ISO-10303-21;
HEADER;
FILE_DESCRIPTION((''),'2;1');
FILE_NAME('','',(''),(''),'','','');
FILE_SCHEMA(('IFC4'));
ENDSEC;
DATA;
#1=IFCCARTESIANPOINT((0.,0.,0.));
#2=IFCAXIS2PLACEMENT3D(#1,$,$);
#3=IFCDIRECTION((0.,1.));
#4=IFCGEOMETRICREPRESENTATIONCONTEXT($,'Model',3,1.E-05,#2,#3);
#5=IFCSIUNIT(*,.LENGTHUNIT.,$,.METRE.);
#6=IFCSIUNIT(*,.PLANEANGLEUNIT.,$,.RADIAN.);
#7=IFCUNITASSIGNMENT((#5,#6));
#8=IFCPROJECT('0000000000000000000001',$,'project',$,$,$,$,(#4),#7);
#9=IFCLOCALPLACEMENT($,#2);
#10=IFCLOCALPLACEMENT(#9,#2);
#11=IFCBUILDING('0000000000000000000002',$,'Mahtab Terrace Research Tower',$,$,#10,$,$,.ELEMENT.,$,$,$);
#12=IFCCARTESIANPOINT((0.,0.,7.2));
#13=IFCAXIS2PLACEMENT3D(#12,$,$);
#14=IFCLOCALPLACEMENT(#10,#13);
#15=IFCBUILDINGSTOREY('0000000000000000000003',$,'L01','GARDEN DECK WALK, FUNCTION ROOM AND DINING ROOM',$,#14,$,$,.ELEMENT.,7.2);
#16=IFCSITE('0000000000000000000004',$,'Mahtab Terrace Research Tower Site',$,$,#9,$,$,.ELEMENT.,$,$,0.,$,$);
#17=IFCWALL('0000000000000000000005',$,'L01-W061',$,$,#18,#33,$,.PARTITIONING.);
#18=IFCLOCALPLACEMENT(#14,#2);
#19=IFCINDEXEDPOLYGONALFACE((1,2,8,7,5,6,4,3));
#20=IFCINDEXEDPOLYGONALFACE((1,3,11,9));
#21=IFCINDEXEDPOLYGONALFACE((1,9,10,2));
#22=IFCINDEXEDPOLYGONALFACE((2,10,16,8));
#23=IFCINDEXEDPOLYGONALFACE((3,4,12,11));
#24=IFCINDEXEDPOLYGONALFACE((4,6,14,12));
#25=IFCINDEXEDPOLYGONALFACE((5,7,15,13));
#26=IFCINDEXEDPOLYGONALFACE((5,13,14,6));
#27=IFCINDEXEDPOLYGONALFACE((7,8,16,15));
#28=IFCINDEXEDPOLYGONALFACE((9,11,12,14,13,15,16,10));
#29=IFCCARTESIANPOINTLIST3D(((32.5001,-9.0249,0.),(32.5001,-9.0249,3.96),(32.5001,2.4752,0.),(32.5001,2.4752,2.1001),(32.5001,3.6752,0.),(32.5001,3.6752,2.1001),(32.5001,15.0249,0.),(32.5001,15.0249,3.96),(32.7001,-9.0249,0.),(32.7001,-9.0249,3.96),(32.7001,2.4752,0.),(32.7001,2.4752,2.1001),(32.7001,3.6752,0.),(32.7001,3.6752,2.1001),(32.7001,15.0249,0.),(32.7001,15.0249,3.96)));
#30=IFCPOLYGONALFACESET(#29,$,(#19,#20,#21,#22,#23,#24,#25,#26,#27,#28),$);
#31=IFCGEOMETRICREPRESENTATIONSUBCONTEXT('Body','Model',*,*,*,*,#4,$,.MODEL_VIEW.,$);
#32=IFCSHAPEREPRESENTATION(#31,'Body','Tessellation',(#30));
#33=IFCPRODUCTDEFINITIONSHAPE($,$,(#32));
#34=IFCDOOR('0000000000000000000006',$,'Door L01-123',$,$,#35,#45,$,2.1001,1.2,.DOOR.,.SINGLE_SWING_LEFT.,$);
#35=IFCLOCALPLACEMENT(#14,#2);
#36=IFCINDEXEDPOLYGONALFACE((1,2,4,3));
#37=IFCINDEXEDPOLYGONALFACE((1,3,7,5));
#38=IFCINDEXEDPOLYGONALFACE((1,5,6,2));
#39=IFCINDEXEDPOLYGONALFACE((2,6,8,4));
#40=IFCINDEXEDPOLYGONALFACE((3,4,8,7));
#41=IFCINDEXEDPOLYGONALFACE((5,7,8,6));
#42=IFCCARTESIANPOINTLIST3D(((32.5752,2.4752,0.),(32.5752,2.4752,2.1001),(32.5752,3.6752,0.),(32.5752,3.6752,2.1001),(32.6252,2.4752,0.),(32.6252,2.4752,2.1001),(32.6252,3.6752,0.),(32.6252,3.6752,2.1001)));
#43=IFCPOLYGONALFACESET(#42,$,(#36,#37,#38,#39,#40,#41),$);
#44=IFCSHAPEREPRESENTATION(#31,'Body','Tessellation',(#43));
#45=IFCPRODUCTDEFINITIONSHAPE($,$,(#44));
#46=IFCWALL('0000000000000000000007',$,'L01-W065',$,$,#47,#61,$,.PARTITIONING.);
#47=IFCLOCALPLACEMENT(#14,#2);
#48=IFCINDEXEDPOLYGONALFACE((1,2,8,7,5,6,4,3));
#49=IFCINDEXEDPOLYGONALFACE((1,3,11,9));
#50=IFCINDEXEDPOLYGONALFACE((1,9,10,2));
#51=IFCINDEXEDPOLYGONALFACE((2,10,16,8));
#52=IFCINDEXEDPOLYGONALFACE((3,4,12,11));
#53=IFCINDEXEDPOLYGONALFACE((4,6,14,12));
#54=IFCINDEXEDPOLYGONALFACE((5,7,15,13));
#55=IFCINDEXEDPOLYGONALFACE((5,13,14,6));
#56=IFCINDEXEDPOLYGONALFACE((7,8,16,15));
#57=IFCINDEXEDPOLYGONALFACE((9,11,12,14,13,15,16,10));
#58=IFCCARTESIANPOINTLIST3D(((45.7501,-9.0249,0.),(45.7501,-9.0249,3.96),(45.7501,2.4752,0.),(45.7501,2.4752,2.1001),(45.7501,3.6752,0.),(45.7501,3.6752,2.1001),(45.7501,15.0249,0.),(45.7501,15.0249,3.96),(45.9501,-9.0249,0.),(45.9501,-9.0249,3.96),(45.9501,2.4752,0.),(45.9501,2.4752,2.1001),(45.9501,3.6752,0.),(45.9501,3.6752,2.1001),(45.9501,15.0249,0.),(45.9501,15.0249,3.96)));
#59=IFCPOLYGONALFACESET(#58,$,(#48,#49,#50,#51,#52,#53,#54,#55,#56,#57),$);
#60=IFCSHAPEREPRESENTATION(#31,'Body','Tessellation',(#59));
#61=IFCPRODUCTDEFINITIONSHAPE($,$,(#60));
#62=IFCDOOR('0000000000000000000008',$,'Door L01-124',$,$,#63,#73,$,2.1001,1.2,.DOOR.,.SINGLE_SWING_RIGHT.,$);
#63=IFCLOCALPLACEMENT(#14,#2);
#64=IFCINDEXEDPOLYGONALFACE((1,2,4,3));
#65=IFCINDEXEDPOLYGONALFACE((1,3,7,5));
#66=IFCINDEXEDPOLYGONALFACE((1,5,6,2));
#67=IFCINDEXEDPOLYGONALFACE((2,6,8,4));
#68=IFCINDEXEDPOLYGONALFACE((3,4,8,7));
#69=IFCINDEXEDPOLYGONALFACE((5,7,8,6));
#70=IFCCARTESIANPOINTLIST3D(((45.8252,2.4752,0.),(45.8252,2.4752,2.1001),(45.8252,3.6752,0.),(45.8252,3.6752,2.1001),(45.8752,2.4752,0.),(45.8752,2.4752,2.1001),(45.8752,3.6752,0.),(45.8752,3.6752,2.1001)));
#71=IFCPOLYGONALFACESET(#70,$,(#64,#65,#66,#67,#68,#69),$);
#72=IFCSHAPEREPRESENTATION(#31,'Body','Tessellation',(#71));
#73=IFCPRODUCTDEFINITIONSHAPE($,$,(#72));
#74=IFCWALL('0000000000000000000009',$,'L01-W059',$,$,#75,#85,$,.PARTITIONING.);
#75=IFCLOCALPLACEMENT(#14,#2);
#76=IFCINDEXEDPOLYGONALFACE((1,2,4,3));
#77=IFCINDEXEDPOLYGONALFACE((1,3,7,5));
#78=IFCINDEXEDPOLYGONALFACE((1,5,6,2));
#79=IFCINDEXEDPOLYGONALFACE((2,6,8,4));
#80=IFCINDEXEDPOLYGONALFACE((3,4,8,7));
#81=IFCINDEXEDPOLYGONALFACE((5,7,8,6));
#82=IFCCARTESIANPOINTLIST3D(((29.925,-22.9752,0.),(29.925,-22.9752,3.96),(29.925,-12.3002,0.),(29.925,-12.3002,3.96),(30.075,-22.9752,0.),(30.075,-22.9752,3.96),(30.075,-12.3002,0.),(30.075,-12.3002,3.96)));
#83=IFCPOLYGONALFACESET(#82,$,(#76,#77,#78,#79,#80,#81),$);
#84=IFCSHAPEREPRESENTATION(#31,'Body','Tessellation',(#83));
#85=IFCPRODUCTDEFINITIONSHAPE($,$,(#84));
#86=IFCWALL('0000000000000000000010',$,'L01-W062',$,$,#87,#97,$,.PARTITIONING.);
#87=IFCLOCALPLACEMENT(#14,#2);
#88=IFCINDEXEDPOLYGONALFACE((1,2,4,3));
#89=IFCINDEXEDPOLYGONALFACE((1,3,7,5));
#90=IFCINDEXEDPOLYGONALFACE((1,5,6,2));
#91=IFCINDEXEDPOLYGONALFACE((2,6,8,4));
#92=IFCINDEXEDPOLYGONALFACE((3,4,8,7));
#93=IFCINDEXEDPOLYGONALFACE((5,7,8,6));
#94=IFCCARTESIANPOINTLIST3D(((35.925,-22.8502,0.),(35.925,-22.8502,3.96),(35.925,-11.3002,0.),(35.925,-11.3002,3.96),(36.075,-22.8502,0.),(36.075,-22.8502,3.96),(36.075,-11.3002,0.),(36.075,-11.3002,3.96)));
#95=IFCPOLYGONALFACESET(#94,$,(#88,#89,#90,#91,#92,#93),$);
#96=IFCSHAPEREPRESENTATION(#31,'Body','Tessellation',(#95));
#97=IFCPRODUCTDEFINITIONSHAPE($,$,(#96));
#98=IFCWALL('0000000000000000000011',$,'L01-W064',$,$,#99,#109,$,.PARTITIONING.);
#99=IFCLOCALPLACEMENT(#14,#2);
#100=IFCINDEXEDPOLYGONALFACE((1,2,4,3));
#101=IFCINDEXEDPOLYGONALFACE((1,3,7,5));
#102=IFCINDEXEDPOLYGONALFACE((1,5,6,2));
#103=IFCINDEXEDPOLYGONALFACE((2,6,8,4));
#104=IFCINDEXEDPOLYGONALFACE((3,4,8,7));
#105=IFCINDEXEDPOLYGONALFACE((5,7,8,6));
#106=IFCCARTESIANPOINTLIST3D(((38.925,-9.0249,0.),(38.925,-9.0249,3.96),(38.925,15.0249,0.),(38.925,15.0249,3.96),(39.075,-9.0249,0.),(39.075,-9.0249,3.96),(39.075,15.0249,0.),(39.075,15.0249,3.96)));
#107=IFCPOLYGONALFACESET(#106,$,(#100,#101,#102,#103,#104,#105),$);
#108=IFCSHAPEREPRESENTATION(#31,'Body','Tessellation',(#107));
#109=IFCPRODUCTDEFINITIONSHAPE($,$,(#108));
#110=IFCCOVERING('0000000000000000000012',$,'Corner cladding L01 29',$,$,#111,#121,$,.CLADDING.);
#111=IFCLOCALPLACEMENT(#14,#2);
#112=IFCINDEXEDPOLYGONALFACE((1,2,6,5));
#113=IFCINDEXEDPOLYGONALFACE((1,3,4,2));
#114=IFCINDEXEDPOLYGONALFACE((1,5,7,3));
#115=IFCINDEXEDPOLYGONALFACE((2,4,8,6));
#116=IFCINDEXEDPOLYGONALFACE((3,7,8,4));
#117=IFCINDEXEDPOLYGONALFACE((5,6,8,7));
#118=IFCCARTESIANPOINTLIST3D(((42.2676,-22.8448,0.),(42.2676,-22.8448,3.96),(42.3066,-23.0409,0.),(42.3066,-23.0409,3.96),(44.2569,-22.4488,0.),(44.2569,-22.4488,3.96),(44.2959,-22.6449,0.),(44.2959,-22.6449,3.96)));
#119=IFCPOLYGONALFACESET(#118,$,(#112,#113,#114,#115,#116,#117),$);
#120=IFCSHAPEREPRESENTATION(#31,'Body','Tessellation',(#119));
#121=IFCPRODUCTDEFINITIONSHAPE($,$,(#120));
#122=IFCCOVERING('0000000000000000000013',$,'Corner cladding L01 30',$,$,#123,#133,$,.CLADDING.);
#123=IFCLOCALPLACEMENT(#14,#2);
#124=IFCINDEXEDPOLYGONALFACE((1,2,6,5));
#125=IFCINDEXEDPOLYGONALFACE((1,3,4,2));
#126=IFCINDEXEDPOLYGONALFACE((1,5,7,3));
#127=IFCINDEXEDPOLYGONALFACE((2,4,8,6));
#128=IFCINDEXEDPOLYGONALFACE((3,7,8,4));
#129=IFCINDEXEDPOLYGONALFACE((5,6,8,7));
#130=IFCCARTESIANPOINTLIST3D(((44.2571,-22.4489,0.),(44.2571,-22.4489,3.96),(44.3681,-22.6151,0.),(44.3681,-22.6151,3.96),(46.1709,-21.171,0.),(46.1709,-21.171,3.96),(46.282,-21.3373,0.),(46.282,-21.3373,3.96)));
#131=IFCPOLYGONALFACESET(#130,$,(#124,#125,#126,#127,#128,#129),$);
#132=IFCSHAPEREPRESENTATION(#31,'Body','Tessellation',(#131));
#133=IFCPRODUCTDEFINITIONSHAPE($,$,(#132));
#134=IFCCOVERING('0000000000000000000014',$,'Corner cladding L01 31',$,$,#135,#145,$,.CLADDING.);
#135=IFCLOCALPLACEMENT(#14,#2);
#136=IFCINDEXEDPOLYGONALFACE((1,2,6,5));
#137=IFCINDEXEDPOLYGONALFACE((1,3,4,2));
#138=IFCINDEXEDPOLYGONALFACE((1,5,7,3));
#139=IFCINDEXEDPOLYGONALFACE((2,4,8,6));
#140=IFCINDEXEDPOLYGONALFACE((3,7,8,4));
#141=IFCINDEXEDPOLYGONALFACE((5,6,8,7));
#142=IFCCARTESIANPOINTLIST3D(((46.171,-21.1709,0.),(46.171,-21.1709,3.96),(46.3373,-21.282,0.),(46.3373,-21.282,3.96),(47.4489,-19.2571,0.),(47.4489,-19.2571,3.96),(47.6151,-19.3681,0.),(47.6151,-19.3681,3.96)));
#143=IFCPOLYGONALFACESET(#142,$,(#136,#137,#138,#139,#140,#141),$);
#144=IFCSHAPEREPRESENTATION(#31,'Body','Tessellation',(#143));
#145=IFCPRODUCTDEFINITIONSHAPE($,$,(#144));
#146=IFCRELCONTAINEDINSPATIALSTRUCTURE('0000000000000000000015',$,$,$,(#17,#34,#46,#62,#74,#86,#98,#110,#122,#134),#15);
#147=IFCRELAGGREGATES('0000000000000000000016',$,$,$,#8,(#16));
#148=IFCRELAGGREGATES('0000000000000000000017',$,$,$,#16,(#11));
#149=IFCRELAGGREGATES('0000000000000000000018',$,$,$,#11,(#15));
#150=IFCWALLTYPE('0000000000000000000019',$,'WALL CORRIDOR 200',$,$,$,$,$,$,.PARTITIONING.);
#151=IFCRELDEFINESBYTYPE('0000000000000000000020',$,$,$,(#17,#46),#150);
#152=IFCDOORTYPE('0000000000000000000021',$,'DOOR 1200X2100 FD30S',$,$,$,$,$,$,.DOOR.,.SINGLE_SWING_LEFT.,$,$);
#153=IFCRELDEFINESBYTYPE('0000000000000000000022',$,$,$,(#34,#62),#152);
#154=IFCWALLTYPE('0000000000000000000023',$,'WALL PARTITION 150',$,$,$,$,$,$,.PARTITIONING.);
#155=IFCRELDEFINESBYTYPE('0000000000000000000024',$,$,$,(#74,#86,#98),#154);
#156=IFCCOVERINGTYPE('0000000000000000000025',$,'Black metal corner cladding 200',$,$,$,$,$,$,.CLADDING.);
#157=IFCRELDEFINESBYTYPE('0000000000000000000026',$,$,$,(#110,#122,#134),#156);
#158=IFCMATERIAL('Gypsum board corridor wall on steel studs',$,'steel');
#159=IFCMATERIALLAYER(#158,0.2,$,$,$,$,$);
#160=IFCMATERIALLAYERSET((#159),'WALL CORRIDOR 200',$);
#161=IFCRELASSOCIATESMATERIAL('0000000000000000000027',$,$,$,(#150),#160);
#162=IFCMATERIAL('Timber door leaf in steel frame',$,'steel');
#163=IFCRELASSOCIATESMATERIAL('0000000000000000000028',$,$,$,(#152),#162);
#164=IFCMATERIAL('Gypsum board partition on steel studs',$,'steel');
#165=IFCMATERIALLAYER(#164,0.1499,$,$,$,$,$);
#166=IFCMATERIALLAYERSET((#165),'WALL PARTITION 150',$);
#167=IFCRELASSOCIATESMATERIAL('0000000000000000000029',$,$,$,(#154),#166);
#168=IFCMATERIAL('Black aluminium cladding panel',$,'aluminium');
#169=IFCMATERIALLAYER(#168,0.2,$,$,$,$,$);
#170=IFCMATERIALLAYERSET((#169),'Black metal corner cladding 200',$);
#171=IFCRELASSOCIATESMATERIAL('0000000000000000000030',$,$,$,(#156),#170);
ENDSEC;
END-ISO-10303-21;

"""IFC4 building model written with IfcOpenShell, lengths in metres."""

from ifc_helpers import new_model, si_unit, direction, frame, frame_2d, origin, origin_2d, place, context, subcontext, project, spatial, rectangle, extrude, material, layer, layer_set, type_object, element, fill, save


model = new_model("IFC4")

# Units and contexts
model_context = context("Model", 3, precision=1e-05, world=origin(), true_north=direction((0.0, 1.0)))
body_context = subcontext(model_context, "Body", "Model", "MODEL_VIEW")
ifc_project = project(units=[si_unit("LENGTHUNIT", "METRE"), si_unit("PLANEANGLEUNIT", "RADIAN")], contexts=[model_context])

# Site, building, storey
site_placement = place(None, origin())
site = spatial("IfcSite", under=ifc_project, at=site_placement, Name="Mahtab Terrace Research Tower Site", CompositionType="ELEMENT", RefElevation=0.0)
building_placement = place(site_placement, origin())
building = spatial("IfcBuilding", under=site, at=building_placement, Name="Mahtab Terrace Research Tower", CompositionType="ELEMENT")
storey_placement = place(building_placement, frame((0.0, 0.0, 7.2)))
storey = spatial("IfcBuildingStorey", under=building, at=storey_placement, Name="L01", Description="GARDEN DECK WALK, FUNCTION ROOM AND DINING ROOM", CompositionType="ELEMENT", Elevation=7.2)

# Shared definitions
ifc_material_1 = material(Name="Gypsum board corridor wall on steel studs", Category="steel")
ifc_layer_1 = layer(ifc_material_1, 0.2)
ifc_layer_set_1 = layer_set([ifc_layer_1], Name="WALL CORRIDOR 200")
wall_type_1 = type_object("IfcWallType", Name="WALL CORRIDOR 200", PredefinedType="PARTITIONING", material=ifc_layer_set_1)
ifc_material_2 = material(Name="Timber door leaf in steel frame", Category="steel")
door_type_1 = type_object("IfcDoorType", Name="DOOR 1200X2100 FD30S", OperationType="SINGLE_SWING_LEFT", PredefinedType="DOOR", material=ifc_material_2)

# Walls, openings, doors
wall_1_placement = place(storey_placement, frame((32.6001, -9.0249, 0.0), z_axis=(0.0, 0.0, 1.0), x_axis=(0.0, 1.0, 0.0)))
wall_1 = element("IfcWall", 1, at=wall_1_placement, inside=storey, type_object=wall_type_1, Name="L01-W061", PredefinedType="PARTITIONING", context=body_context, shape_type="SweptSolid", body=[
    extrude(rectangle(XDim=24.0498, YDim=0.2, at=frame_2d((12.0249, 0.0))), origin(), (0.0, 0.0, 1.0), 3.96),
])
opening_1_placement = place(wall_1_placement, frame((11.5, 0.0, 0.0)))
opening_1 = element("IfcOpeningElement", 2, at=opening_1_placement, cuts=wall_1, PredefinedType="OPENING", context=body_context, shape_type="SweptSolid", body=[
    extrude(rectangle(XDim=1.2, YDim=2.1001, at=frame_2d((0.6001, 1.05))), frame((0.0, 0.1099, 0.0), z_axis=(0.0, -1.0, 0.0), x_axis=(1.0, 0.0, 0.0)), (0.0, 0.0, 1.0), 0.22),
])
door_1_placement = place(opening_1_placement, origin())
door_1 = element("IfcDoor", 3, at=door_1_placement, inside=storey, type_object=door_type_1, Name="Door L01-123", OperationType="SINGLE_SWING_LEFT", OverallHeight=2.1001, OverallWidth=1.2, PredefinedType="DOOR", context=body_context, shape_type="SweptSolid", body=[
    extrude(rectangle(XDim=1.2, YDim=2.1001, at=frame_2d((0.6001, 1.05))), frame((0.0, 0.0249, 0.0), z_axis=(0.0, -1.0, 0.0), x_axis=(1.0, 0.0, 0.0)), (0.0, 0.0, 1.0), 0.05),
])
fill(opening_1, door_1)
wall_2_placement = place(storey_placement, frame((45.8501, -9.0249, 0.0), z_axis=(0.0, 0.0, 1.0), x_axis=(0.0, 1.0, 0.0)))
wall_2 = element("IfcWall", 4, at=wall_2_placement, inside=storey, type_object=wall_type_1, Name="L01-W065", PredefinedType="PARTITIONING", context=body_context, shape_type="SweptSolid", body=[
    extrude(rectangle(XDim=24.0498, YDim=0.2, at=frame_2d((12.0249, 0.0))), origin(), (0.0, 0.0, 1.0), 3.96),
])
opening_2_placement = place(wall_2_placement, frame((11.5, 0.0, 0.0)))
opening_2 = element("IfcOpeningElement", 5, at=opening_2_placement, cuts=wall_2, PredefinedType="OPENING", context=body_context, shape_type="SweptSolid", body=[
    extrude(rectangle(XDim=1.2, YDim=2.1001, at=frame_2d((0.6001, 1.05))), frame((0.0, 0.1099, 0.0), z_axis=(0.0, -1.0, 0.0), x_axis=(1.0, 0.0, 0.0)), (0.0, 0.0, 1.0), 0.22),
])
door_2_placement = place(opening_2_placement, origin())
door_2 = element("IfcDoor", 6, at=door_2_placement, inside=storey, type_object=door_type_1, Name="Door L01-124", OperationType="SINGLE_SWING_RIGHT", OverallHeight=2.1001, OverallWidth=1.2, PredefinedType="DOOR", context=body_context, shape_type="SweptSolid", body=[
    extrude(rectangle(XDim=1.2, YDim=2.1001, at=frame_2d((0.6001, 1.05))), frame((0.0, 0.0249, 0.0), z_axis=(0.0, -1.0, 0.0), x_axis=(1.0, 0.0, 0.0)), (0.0, 0.0, 1.0), 0.05),
])
fill(opening_2, door_2)

# Walls
ifc_material_3 = material(Name="Gypsum board partition on steel studs", Category="steel")
ifc_layer_2 = layer(ifc_material_3, 0.1499)
ifc_layer_set_2 = layer_set([ifc_layer_2], Name="WALL PARTITION 150")
wall_type_2 = type_object("IfcWallType", Name="WALL PARTITION 150", PredefinedType="PARTITIONING", material=ifc_layer_set_2)
wall_3_placement = place(storey_placement, frame((30.0, -22.9751, 0.0), z_axis=(0.0, 0.0, 1.0), x_axis=(0.0, 1.0, 0.0)))
element("IfcWall", 7, at=wall_3_placement, inside=storey, type_object=wall_type_2, Name="L01-W059", PredefinedType="PARTITIONING", context=body_context, shape_type="SweptSolid", body=[
    extrude(rectangle(XDim=10.675, YDim=0.1499, at=frame_2d((5.3374, 0.0))), origin(), (0.0, 0.0, 1.0), 3.96),
])
wall_4_placement = place(storey_placement, frame((36.0, -22.8501, 0.0), z_axis=(0.0, 0.0, 1.0), x_axis=(0.0, 1.0, 0.0)))
element("IfcWall", 8, at=wall_4_placement, inside=storey, type_object=wall_type_2, Name="L01-W062", PredefinedType="PARTITIONING", context=body_context, shape_type="SweptSolid", body=[
    extrude(rectangle(XDim=11.55, YDim=0.1499, at=frame_2d((5.7749, 0.0))), origin(), (0.0, 0.0, 1.0), 3.96),
])
wall_5_placement = place(storey_placement, frame((39.0, -9.0249, 0.0), z_axis=(0.0, 0.0, 1.0), x_axis=(0.0, 1.0, 0.0)))
element("IfcWall", 9, at=wall_5_placement, inside=storey, type_object=wall_type_2, Name="L01-W064", PredefinedType="PARTITIONING", context=body_context, shape_type="SweptSolid", body=[
    extrude(rectangle(XDim=24.0498, YDim=0.1499, at=frame_2d((12.0249, 0.0))), origin(), (0.0, 0.0, 1.0), 3.96),
])

# Coverings
ifc_material_4 = material(Name="Black aluminium cladding panel", Category="aluminium")
ifc_layer_3 = layer(ifc_material_4, 0.2)
ifc_layer_set_3 = layer_set([ifc_layer_3], Name="Black metal corner cladding 200")
covering_type = type_object("IfcCoveringType", Name="Black metal corner cladding 200", PredefinedType="CLADDING", material=ifc_layer_set_3)
covering_placement = place(storey_placement, frame((43.2817, -22.7449, 0.0), z_axis=(0.0, 0.0, 1.0), x_axis=(0.980761, 0.195212, 0.0)))
element("IfcCovering", 10, at=covering_placement, inside=storey, type_object=covering_type, Name="Corner cladding L01 29", PredefinedType="CLADDING", context=body_context, shape_type="SweptSolid", body=[
    extrude(rectangle(XDim=2.0283, YDim=0.2, at=origin_2d()), origin(), (0.0, 0.0, 1.0), 3.96),
])
for number, where, z_axis, x_axis, name in (
    (11, (45.2695, -21.8931, 0.0), (0.0, 0.0, 1.0), (0.831656, 0.555291, 0.0), "Corner cladding L01 30"),
    (12, (46.8931, -20.2695, 0.0), (0.0, 0.0, 1.0), (0.555291, 0.831656, 0.0), "Corner cladding L01 31"),
):
    element("IfcCovering", number, at=place(storey_placement, frame(where, z_axis=z_axis, x_axis=x_axis)), inside=storey, type_object=covering_type, Name=name, PredefinedType="CLADDING", context=body_context, shape_type="SweptSolid", body=[
        extrude(rectangle(XDim=2.3013, YDim=0.2, at=origin_2d()), origin(), (0.0, 0.0, 1.0), 3.96),
    ])

save(model, "model.ifc")
